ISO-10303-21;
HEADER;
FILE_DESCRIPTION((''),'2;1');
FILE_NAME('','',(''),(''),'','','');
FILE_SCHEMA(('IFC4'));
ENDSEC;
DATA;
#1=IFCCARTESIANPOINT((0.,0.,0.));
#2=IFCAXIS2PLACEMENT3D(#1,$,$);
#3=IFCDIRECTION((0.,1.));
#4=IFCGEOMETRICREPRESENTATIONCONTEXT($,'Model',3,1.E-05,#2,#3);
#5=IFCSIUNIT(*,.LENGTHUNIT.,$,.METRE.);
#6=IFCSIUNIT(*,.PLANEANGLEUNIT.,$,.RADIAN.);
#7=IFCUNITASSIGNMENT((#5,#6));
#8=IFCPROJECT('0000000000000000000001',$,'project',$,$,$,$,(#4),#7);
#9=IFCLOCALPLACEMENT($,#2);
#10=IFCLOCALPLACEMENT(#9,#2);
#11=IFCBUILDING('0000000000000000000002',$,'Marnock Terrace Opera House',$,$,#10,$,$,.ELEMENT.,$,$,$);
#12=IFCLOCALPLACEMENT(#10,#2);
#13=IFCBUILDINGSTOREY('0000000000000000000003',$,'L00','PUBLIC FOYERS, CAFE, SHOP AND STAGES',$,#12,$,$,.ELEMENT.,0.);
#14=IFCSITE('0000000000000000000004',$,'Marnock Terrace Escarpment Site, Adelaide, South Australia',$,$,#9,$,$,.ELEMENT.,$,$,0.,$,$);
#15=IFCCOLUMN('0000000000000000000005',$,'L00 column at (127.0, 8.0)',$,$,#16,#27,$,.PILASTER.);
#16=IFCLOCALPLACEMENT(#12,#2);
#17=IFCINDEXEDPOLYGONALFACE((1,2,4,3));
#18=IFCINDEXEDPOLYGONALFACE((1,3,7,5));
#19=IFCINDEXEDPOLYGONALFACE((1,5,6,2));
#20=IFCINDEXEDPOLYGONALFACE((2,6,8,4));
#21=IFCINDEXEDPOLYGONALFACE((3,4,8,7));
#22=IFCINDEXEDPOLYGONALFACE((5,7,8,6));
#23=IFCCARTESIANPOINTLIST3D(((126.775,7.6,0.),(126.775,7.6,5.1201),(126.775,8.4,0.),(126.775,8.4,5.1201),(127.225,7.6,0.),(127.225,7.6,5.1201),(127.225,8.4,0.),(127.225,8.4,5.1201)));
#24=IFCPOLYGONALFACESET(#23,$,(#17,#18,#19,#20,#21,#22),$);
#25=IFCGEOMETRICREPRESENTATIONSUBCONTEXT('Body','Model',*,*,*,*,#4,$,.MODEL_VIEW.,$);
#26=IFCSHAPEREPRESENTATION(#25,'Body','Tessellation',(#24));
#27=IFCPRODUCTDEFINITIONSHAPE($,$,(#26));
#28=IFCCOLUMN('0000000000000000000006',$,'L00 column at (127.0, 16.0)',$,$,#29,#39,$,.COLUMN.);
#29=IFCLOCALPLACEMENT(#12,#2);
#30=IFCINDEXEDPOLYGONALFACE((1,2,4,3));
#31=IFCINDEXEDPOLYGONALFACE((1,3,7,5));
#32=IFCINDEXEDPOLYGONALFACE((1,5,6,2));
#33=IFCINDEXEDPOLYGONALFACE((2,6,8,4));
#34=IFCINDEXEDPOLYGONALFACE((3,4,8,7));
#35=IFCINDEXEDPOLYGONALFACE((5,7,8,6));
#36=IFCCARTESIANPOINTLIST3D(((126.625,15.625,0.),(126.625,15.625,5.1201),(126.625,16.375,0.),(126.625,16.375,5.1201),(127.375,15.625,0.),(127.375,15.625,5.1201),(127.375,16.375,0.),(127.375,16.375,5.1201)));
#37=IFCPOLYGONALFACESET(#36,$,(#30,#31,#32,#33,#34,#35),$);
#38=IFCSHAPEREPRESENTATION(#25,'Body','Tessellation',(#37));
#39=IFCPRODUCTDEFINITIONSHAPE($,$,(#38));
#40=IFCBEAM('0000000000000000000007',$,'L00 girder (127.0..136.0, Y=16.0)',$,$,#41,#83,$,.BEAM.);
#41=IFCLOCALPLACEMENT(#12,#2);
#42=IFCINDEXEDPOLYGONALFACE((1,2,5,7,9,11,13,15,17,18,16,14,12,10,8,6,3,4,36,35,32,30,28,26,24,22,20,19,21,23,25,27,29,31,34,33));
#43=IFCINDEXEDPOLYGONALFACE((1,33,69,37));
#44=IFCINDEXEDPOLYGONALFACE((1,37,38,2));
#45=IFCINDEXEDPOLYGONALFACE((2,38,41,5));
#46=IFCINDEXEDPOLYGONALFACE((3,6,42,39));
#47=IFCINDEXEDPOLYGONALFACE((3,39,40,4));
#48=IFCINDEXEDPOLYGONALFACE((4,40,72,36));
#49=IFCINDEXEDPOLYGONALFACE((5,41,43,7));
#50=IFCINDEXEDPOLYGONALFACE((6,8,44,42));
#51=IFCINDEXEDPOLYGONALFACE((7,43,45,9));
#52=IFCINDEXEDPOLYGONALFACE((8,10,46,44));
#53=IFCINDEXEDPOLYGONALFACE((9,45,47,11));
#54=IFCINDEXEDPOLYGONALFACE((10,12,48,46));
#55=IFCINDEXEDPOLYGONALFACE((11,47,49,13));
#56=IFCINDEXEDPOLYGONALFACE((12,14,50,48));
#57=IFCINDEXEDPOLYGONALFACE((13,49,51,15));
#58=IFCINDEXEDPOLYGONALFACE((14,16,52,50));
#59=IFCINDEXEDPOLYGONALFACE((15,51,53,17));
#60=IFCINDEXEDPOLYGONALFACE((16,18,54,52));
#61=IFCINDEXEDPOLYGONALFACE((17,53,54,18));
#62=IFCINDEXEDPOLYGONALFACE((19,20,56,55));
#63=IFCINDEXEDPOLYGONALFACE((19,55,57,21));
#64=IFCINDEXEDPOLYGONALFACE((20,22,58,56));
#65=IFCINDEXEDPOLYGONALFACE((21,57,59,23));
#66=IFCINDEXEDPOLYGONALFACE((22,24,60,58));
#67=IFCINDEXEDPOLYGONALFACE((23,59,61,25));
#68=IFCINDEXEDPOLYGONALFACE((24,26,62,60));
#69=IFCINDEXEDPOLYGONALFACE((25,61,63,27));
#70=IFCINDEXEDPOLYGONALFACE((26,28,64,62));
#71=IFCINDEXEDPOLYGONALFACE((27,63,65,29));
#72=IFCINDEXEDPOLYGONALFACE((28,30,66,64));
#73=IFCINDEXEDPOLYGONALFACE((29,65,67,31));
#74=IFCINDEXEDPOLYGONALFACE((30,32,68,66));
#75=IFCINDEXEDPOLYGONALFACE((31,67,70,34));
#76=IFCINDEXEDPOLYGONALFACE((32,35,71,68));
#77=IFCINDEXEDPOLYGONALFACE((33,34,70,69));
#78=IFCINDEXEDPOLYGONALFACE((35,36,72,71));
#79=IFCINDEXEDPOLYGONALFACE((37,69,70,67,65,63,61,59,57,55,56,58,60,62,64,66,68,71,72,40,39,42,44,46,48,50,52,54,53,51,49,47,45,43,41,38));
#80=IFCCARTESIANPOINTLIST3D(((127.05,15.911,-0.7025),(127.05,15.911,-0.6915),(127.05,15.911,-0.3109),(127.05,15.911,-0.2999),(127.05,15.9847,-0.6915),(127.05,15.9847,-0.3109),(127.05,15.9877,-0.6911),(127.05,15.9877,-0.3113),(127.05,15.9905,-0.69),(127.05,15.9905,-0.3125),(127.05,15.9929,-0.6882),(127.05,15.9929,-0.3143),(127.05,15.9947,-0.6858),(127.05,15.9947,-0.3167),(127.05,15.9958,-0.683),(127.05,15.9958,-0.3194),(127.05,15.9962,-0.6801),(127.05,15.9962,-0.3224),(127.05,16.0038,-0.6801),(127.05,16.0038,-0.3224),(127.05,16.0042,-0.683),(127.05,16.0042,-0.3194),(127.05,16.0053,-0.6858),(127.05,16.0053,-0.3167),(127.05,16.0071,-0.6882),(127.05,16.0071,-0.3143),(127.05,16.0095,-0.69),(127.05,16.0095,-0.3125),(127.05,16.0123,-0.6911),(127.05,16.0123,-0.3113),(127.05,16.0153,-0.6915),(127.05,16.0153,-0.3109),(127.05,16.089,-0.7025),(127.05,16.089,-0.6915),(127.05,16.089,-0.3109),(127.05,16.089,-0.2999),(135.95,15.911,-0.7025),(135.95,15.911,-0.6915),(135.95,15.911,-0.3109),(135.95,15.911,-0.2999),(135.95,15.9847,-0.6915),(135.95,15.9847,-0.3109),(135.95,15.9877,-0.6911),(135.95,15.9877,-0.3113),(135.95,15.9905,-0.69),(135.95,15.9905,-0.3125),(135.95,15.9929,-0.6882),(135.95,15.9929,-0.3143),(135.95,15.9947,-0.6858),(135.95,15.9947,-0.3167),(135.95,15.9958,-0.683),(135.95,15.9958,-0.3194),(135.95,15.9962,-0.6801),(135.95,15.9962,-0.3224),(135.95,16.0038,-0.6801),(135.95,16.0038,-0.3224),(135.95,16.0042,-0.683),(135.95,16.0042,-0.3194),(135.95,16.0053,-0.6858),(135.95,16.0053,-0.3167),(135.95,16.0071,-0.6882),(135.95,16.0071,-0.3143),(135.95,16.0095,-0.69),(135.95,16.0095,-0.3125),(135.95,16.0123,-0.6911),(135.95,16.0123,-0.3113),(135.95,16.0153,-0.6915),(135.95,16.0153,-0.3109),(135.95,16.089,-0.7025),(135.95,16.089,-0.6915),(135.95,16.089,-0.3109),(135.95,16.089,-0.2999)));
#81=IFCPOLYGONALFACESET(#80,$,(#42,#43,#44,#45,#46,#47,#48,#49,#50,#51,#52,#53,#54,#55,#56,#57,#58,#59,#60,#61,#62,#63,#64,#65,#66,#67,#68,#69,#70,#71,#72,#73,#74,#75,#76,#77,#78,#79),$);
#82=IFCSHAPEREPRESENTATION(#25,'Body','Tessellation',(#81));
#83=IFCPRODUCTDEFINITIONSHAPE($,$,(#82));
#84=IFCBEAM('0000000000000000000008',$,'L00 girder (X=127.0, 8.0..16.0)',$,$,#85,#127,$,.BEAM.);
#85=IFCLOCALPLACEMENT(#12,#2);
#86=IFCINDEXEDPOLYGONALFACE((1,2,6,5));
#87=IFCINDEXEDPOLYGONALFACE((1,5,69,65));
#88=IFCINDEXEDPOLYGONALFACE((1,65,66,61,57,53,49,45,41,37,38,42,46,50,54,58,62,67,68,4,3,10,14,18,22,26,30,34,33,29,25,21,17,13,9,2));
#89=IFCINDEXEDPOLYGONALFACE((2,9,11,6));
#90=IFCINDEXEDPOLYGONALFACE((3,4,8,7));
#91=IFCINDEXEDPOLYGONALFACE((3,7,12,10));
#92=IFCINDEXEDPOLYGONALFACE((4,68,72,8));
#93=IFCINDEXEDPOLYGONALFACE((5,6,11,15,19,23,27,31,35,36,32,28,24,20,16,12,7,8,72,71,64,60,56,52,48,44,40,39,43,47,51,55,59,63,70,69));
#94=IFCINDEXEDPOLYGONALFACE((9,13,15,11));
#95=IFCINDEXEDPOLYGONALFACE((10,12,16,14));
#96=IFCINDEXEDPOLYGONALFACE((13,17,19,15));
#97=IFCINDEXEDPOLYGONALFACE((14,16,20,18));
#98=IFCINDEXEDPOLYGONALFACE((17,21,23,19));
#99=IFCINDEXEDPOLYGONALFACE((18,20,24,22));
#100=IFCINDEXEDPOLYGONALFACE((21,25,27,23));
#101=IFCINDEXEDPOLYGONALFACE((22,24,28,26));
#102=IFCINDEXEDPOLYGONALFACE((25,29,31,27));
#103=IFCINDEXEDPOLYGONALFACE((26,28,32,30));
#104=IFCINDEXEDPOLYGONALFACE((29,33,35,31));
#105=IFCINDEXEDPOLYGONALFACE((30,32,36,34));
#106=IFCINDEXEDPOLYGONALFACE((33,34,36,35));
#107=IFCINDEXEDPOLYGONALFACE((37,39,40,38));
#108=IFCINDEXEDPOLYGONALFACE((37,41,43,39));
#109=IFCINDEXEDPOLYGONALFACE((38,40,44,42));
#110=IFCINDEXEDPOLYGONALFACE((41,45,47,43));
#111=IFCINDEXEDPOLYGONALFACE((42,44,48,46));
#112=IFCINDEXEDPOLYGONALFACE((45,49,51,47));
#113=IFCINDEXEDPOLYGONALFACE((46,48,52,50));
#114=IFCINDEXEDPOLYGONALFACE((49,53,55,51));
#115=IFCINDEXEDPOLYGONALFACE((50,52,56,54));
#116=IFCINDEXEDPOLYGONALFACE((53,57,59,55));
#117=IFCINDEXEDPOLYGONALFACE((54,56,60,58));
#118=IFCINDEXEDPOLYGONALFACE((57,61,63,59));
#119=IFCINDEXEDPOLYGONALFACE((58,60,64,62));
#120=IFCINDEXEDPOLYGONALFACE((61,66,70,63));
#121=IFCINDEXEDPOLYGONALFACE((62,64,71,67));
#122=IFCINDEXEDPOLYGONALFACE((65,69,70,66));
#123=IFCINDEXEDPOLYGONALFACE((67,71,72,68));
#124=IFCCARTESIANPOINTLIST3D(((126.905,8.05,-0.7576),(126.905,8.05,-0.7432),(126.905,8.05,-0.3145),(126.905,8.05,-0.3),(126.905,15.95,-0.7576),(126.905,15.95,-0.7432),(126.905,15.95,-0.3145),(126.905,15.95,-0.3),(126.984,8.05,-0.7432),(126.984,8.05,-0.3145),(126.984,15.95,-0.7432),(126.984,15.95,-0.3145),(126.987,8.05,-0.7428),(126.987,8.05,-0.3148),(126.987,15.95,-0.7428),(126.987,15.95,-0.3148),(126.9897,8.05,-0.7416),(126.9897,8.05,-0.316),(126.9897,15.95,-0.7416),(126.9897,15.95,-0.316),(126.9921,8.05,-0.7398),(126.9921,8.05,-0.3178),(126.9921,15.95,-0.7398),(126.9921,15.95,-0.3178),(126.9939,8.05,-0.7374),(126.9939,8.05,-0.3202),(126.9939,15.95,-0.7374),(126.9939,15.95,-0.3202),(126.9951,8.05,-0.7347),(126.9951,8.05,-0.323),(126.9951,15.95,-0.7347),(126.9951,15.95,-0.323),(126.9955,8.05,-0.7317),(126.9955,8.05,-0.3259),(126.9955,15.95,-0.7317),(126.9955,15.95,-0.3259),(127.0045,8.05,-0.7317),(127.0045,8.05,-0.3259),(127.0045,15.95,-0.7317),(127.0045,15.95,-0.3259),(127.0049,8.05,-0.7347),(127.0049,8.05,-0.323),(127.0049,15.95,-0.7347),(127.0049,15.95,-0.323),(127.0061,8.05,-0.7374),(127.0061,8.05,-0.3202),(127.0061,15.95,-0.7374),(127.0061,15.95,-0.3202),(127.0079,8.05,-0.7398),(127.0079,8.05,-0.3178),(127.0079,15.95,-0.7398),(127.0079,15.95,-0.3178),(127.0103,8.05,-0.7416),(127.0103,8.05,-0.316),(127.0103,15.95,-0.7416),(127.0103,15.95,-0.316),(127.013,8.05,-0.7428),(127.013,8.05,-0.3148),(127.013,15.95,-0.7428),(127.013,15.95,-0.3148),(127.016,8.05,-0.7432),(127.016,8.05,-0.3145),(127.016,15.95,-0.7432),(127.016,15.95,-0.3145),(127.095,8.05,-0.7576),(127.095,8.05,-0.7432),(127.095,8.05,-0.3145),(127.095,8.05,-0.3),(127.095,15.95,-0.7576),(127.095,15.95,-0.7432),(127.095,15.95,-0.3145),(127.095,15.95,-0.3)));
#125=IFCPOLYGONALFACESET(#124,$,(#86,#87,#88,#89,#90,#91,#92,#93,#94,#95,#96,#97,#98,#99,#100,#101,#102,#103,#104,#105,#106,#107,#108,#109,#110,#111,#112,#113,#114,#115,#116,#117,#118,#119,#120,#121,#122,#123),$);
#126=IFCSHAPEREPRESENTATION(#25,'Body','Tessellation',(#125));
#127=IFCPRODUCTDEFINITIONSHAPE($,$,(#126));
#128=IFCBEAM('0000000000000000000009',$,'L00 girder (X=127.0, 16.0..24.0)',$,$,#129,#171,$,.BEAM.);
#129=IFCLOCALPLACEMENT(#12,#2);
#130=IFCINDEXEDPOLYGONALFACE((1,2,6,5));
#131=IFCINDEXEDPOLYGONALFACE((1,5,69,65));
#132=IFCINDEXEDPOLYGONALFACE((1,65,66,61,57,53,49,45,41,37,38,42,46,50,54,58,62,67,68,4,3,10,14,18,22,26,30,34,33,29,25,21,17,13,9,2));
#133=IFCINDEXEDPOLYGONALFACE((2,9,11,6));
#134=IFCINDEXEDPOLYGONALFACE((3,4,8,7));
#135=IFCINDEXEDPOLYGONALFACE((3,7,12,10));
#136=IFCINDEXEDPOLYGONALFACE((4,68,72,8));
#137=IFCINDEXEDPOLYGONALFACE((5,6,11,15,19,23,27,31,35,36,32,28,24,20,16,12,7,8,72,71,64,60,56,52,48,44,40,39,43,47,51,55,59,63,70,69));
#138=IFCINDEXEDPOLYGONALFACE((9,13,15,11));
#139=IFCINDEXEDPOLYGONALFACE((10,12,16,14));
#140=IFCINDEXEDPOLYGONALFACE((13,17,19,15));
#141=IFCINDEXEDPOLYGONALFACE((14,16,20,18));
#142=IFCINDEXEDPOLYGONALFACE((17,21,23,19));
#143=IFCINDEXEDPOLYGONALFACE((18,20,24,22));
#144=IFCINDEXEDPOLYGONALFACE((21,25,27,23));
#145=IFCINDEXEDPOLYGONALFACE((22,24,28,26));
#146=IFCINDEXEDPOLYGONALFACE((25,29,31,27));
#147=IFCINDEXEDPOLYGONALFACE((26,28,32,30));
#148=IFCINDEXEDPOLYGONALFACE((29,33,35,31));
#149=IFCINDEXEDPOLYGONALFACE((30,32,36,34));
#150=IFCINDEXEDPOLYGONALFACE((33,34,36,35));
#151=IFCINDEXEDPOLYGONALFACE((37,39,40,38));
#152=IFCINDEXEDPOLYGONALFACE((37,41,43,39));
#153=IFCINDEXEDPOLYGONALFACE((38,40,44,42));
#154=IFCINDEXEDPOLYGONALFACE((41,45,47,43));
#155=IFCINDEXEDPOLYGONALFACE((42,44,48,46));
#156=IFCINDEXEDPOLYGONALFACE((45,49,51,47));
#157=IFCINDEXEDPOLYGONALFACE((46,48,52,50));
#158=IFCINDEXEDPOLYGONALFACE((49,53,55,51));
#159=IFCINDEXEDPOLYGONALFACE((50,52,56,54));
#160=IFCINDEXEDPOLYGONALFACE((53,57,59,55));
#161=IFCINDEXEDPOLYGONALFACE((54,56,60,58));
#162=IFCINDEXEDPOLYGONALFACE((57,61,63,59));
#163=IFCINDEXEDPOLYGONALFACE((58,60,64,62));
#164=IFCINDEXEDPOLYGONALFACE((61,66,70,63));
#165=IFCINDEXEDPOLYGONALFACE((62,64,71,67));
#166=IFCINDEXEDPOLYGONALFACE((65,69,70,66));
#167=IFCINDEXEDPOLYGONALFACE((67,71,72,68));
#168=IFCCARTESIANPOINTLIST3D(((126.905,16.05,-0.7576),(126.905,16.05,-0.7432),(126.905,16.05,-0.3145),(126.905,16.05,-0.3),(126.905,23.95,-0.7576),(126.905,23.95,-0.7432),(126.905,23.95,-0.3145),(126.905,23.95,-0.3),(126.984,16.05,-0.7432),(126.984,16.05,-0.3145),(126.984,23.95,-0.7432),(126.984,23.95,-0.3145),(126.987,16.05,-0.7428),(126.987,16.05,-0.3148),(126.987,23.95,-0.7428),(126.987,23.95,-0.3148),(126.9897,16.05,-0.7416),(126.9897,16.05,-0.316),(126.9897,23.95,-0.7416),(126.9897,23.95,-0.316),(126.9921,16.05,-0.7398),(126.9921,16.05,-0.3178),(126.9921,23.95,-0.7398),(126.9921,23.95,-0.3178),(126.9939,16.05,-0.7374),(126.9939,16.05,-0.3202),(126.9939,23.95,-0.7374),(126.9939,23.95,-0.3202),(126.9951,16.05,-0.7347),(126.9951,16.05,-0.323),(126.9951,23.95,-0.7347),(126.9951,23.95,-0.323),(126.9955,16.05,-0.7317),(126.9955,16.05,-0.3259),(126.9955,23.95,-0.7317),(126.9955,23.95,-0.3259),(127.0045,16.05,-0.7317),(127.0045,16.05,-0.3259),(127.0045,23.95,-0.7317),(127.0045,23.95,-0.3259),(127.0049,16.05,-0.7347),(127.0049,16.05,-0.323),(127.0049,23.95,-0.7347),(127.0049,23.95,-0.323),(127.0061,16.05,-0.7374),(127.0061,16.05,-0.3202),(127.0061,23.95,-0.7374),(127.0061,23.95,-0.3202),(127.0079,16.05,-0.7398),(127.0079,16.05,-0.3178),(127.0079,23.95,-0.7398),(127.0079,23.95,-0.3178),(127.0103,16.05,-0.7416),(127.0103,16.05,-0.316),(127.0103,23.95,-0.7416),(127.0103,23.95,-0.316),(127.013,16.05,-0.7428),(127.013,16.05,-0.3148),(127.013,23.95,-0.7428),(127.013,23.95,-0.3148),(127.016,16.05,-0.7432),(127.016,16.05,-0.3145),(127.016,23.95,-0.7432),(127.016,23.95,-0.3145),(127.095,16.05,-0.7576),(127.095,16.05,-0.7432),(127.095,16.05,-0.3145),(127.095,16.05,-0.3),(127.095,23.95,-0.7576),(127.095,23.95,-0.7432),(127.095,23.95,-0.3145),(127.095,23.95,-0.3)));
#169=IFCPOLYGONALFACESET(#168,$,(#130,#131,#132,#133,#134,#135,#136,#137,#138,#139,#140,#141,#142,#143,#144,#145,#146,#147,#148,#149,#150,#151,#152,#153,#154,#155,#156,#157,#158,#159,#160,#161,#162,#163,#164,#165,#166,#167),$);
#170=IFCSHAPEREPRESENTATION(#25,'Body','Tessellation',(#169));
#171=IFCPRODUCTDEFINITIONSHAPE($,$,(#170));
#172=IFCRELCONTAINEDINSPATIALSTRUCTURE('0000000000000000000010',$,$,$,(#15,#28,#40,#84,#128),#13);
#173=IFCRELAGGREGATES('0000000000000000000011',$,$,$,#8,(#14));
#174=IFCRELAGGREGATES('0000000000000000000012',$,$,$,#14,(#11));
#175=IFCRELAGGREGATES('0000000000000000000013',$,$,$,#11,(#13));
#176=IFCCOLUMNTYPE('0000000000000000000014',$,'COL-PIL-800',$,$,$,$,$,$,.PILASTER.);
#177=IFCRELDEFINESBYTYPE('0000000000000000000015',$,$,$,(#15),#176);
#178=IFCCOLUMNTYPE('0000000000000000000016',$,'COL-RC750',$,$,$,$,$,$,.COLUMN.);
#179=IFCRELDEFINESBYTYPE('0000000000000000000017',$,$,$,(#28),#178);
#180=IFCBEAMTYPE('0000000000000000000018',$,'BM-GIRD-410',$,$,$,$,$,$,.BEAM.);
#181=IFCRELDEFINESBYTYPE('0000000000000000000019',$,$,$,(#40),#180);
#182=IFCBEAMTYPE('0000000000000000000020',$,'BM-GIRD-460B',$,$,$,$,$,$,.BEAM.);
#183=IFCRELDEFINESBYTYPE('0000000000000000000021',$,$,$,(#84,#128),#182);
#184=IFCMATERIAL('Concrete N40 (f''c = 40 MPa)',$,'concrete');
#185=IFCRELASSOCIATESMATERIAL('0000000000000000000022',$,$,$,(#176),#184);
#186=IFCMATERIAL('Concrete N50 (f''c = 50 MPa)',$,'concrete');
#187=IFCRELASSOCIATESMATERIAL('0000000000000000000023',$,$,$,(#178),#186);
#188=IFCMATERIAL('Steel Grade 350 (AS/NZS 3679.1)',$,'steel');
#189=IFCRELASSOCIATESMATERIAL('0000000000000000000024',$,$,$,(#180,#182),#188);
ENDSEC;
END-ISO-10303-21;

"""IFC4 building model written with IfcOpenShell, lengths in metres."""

from ifc_helpers import new_model, si_unit, direction, frame, origin, origin_2d, place, context, subcontext, project, spatial, rectangle, i_section, extrude, material, material_profile, profile_set, type_object, element, save


model = new_model("IFC4")

# Units and contexts
model_context = context("Model", 3, precision=1e-05, world=origin(), true_north=direction((0.0, 1.0)))
body_context = subcontext(model_context, "Body", "Model", "MODEL_VIEW")
ifc_project = project(units=[si_unit("LENGTHUNIT", "METRE"), si_unit("PLANEANGLEUNIT", "RADIAN")], contexts=[model_context])

# Site, building, storey
site_placement = place(None, origin())
site = spatial("IfcSite", under=ifc_project, at=site_placement, Name="Marnock Terrace Escarpment Site, Adelaide, South Australia", CompositionType="ELEMENT", RefElevation=0.0)
building_placement = place(site_placement, origin())
building = spatial("IfcBuilding", under=site, at=building_placement, Name="Marnock Terrace Opera House", CompositionType="ELEMENT")
storey_placement = place(building_placement, origin())
storey = spatial("IfcBuildingStorey", under=building, at=storey_placement, Name="L00", Description="PUBLIC FOYERS, CAFE, SHOP AND STAGES", CompositionType="ELEMENT", Elevation=0.0)

# Columns
ifc_material_1 = material(Name="Concrete N40 (f'c = 40 MPa)", Category="concrete")
ifc_material_profile_1 = material_profile(ifc_material_1, rectangle(XDim=0.45, YDim=0.8, at=origin_2d()))
ifc_profile_set_1 = profile_set([ifc_material_profile_1], Name="Concrete N40 (f'c = 40 MPa)")
column_type_1 = type_object("IfcColumnType", Name="COL-PIL-800", PredefinedType="PILASTER", material=ifc_profile_set_1)
column_1_placement = place(storey_placement, frame((127.0, 8.0, 0.0), z_axis=(0.0, 0.0, 1.0), x_axis=(1.0, 0.0, 0.0)))
element("IfcColumn", 1, at=column_1_placement, inside=storey, type_object=column_type_1, Name="L00 column at (127.0, 8.0)", PredefinedType="PILASTER", context=body_context, shape_type="SweptSolid", body=[
    extrude(rectangle(XDim=0.45, YDim=0.8, at=origin_2d()), origin(), (0.0, 0.0, 1.0), 5.1201),
])
ifc_material_2 = material(Name="Concrete N50 (f'c = 50 MPa)", Category="concrete")
ifc_material_profile_2 = material_profile(ifc_material_2, rectangle(XDim=0.75, YDim=0.75, at=origin_2d()))
ifc_profile_set_2 = profile_set([ifc_material_profile_2], Name="Concrete N50 (f'c = 50 MPa)")
column_type_2 = type_object("IfcColumnType", Name="COL-RC750", PredefinedType="COLUMN", material=ifc_profile_set_2)
column_2_placement = place(storey_placement, frame((127.0, 16.0, 0.0), z_axis=(0.0, 0.0, 1.0), x_axis=(1.0, 0.0, 0.0)))
element("IfcColumn", 2, at=column_2_placement, inside=storey, type_object=column_type_2, Name="L00 column at (127.0, 16.0)", PredefinedType="COLUMN", context=body_context, shape_type="SweptSolid", body=[
    extrude(rectangle(XDim=0.75, YDim=0.75, at=origin_2d()), origin(), (0.0, 0.0, 1.0), 5.1201),
])

# Beams
ifc_material_3 = material(Name="Steel Grade 350 (AS/NZS 3679.1)", Category="steel")
ifc_material_profile_3 = material_profile(ifc_material_3, i_section(OverallWidth=0.178, OverallDepth=0.4026, WebThickness=0.0076, FlangeThickness=0.011, FilletRadius=0.0115, at=origin_2d()))
ifc_profile_set_3 = profile_set([ifc_material_profile_3], Name="Steel Grade 350 (AS/NZS 3679.1)")
beam_type_1 = type_object("IfcBeamType", Name="BM-GIRD-410", PredefinedType="BEAM", material=ifc_profile_set_3)
beam_1_placement = place(storey_placement, frame((127.05, 16.0, -0.5012), z_axis=(1.0, 0.0, 0.0), x_axis=(0.0, 1.0, 0.0)))
element("IfcBeam", 3, at=beam_1_placement, inside=storey, type_object=beam_type_1, Name="L00 girder (127.0..136.0, Y=16.0)", PredefinedType="BEAM", context=body_context, shape_type="SweptSolid", body=[
    extrude(i_section(OverallWidth=0.178, OverallDepth=0.4026, WebThickness=0.0076, FlangeThickness=0.011, FilletRadius=0.0115, at=origin_2d()), origin(), (0.0, 0.0, 1.0), 8.8999),
])
ifc_material_profile_4 = material_profile(ifc_material_3, i_section(OverallWidth=0.1899, OverallDepth=0.4575, WebThickness=0.009, FlangeThickness=0.0144, FilletRadius=0.0115, at=origin_2d()))
ifc_profile_set_4 = profile_set([ifc_material_profile_4], Name="Steel Grade 350 (AS/NZS 3679.1)")
beam_type_2 = type_object("IfcBeamType", Name="BM-GIRD-460B", PredefinedType="BEAM", material=ifc_profile_set_4)
for number, where, z_axis, x_axis, name in (
    (4, (127.0, 8.05, -0.5288), (0.0, 1.0, 0.0), (-1.0, 0.0, 0.0), "L00 girder (X=127.0, 8.0..16.0)"),
    (5, (127.0, 16.05, -0.5288), (0.0, 1.0, 0.0), (-1.0, 0.0, 0.0), "L00 girder (X=127.0, 16.0..24.0)"),
):
    element("IfcBeam", number, at=place(storey_placement, frame(where, z_axis=z_axis, x_axis=x_axis)), inside=storey, type_object=beam_type_2, Name=name, PredefinedType="BEAM", context=body_context, shape_type="SweptSolid", body=[
        extrude(i_section(OverallWidth=0.1899, OverallDepth=0.4575, WebThickness=0.009, FlangeThickness=0.0144, FilletRadius=0.0115, at=origin_2d()), origin(), (0.0, 0.0, 1.0), 7.8999),
    ])

save(model, "model.ifc")
